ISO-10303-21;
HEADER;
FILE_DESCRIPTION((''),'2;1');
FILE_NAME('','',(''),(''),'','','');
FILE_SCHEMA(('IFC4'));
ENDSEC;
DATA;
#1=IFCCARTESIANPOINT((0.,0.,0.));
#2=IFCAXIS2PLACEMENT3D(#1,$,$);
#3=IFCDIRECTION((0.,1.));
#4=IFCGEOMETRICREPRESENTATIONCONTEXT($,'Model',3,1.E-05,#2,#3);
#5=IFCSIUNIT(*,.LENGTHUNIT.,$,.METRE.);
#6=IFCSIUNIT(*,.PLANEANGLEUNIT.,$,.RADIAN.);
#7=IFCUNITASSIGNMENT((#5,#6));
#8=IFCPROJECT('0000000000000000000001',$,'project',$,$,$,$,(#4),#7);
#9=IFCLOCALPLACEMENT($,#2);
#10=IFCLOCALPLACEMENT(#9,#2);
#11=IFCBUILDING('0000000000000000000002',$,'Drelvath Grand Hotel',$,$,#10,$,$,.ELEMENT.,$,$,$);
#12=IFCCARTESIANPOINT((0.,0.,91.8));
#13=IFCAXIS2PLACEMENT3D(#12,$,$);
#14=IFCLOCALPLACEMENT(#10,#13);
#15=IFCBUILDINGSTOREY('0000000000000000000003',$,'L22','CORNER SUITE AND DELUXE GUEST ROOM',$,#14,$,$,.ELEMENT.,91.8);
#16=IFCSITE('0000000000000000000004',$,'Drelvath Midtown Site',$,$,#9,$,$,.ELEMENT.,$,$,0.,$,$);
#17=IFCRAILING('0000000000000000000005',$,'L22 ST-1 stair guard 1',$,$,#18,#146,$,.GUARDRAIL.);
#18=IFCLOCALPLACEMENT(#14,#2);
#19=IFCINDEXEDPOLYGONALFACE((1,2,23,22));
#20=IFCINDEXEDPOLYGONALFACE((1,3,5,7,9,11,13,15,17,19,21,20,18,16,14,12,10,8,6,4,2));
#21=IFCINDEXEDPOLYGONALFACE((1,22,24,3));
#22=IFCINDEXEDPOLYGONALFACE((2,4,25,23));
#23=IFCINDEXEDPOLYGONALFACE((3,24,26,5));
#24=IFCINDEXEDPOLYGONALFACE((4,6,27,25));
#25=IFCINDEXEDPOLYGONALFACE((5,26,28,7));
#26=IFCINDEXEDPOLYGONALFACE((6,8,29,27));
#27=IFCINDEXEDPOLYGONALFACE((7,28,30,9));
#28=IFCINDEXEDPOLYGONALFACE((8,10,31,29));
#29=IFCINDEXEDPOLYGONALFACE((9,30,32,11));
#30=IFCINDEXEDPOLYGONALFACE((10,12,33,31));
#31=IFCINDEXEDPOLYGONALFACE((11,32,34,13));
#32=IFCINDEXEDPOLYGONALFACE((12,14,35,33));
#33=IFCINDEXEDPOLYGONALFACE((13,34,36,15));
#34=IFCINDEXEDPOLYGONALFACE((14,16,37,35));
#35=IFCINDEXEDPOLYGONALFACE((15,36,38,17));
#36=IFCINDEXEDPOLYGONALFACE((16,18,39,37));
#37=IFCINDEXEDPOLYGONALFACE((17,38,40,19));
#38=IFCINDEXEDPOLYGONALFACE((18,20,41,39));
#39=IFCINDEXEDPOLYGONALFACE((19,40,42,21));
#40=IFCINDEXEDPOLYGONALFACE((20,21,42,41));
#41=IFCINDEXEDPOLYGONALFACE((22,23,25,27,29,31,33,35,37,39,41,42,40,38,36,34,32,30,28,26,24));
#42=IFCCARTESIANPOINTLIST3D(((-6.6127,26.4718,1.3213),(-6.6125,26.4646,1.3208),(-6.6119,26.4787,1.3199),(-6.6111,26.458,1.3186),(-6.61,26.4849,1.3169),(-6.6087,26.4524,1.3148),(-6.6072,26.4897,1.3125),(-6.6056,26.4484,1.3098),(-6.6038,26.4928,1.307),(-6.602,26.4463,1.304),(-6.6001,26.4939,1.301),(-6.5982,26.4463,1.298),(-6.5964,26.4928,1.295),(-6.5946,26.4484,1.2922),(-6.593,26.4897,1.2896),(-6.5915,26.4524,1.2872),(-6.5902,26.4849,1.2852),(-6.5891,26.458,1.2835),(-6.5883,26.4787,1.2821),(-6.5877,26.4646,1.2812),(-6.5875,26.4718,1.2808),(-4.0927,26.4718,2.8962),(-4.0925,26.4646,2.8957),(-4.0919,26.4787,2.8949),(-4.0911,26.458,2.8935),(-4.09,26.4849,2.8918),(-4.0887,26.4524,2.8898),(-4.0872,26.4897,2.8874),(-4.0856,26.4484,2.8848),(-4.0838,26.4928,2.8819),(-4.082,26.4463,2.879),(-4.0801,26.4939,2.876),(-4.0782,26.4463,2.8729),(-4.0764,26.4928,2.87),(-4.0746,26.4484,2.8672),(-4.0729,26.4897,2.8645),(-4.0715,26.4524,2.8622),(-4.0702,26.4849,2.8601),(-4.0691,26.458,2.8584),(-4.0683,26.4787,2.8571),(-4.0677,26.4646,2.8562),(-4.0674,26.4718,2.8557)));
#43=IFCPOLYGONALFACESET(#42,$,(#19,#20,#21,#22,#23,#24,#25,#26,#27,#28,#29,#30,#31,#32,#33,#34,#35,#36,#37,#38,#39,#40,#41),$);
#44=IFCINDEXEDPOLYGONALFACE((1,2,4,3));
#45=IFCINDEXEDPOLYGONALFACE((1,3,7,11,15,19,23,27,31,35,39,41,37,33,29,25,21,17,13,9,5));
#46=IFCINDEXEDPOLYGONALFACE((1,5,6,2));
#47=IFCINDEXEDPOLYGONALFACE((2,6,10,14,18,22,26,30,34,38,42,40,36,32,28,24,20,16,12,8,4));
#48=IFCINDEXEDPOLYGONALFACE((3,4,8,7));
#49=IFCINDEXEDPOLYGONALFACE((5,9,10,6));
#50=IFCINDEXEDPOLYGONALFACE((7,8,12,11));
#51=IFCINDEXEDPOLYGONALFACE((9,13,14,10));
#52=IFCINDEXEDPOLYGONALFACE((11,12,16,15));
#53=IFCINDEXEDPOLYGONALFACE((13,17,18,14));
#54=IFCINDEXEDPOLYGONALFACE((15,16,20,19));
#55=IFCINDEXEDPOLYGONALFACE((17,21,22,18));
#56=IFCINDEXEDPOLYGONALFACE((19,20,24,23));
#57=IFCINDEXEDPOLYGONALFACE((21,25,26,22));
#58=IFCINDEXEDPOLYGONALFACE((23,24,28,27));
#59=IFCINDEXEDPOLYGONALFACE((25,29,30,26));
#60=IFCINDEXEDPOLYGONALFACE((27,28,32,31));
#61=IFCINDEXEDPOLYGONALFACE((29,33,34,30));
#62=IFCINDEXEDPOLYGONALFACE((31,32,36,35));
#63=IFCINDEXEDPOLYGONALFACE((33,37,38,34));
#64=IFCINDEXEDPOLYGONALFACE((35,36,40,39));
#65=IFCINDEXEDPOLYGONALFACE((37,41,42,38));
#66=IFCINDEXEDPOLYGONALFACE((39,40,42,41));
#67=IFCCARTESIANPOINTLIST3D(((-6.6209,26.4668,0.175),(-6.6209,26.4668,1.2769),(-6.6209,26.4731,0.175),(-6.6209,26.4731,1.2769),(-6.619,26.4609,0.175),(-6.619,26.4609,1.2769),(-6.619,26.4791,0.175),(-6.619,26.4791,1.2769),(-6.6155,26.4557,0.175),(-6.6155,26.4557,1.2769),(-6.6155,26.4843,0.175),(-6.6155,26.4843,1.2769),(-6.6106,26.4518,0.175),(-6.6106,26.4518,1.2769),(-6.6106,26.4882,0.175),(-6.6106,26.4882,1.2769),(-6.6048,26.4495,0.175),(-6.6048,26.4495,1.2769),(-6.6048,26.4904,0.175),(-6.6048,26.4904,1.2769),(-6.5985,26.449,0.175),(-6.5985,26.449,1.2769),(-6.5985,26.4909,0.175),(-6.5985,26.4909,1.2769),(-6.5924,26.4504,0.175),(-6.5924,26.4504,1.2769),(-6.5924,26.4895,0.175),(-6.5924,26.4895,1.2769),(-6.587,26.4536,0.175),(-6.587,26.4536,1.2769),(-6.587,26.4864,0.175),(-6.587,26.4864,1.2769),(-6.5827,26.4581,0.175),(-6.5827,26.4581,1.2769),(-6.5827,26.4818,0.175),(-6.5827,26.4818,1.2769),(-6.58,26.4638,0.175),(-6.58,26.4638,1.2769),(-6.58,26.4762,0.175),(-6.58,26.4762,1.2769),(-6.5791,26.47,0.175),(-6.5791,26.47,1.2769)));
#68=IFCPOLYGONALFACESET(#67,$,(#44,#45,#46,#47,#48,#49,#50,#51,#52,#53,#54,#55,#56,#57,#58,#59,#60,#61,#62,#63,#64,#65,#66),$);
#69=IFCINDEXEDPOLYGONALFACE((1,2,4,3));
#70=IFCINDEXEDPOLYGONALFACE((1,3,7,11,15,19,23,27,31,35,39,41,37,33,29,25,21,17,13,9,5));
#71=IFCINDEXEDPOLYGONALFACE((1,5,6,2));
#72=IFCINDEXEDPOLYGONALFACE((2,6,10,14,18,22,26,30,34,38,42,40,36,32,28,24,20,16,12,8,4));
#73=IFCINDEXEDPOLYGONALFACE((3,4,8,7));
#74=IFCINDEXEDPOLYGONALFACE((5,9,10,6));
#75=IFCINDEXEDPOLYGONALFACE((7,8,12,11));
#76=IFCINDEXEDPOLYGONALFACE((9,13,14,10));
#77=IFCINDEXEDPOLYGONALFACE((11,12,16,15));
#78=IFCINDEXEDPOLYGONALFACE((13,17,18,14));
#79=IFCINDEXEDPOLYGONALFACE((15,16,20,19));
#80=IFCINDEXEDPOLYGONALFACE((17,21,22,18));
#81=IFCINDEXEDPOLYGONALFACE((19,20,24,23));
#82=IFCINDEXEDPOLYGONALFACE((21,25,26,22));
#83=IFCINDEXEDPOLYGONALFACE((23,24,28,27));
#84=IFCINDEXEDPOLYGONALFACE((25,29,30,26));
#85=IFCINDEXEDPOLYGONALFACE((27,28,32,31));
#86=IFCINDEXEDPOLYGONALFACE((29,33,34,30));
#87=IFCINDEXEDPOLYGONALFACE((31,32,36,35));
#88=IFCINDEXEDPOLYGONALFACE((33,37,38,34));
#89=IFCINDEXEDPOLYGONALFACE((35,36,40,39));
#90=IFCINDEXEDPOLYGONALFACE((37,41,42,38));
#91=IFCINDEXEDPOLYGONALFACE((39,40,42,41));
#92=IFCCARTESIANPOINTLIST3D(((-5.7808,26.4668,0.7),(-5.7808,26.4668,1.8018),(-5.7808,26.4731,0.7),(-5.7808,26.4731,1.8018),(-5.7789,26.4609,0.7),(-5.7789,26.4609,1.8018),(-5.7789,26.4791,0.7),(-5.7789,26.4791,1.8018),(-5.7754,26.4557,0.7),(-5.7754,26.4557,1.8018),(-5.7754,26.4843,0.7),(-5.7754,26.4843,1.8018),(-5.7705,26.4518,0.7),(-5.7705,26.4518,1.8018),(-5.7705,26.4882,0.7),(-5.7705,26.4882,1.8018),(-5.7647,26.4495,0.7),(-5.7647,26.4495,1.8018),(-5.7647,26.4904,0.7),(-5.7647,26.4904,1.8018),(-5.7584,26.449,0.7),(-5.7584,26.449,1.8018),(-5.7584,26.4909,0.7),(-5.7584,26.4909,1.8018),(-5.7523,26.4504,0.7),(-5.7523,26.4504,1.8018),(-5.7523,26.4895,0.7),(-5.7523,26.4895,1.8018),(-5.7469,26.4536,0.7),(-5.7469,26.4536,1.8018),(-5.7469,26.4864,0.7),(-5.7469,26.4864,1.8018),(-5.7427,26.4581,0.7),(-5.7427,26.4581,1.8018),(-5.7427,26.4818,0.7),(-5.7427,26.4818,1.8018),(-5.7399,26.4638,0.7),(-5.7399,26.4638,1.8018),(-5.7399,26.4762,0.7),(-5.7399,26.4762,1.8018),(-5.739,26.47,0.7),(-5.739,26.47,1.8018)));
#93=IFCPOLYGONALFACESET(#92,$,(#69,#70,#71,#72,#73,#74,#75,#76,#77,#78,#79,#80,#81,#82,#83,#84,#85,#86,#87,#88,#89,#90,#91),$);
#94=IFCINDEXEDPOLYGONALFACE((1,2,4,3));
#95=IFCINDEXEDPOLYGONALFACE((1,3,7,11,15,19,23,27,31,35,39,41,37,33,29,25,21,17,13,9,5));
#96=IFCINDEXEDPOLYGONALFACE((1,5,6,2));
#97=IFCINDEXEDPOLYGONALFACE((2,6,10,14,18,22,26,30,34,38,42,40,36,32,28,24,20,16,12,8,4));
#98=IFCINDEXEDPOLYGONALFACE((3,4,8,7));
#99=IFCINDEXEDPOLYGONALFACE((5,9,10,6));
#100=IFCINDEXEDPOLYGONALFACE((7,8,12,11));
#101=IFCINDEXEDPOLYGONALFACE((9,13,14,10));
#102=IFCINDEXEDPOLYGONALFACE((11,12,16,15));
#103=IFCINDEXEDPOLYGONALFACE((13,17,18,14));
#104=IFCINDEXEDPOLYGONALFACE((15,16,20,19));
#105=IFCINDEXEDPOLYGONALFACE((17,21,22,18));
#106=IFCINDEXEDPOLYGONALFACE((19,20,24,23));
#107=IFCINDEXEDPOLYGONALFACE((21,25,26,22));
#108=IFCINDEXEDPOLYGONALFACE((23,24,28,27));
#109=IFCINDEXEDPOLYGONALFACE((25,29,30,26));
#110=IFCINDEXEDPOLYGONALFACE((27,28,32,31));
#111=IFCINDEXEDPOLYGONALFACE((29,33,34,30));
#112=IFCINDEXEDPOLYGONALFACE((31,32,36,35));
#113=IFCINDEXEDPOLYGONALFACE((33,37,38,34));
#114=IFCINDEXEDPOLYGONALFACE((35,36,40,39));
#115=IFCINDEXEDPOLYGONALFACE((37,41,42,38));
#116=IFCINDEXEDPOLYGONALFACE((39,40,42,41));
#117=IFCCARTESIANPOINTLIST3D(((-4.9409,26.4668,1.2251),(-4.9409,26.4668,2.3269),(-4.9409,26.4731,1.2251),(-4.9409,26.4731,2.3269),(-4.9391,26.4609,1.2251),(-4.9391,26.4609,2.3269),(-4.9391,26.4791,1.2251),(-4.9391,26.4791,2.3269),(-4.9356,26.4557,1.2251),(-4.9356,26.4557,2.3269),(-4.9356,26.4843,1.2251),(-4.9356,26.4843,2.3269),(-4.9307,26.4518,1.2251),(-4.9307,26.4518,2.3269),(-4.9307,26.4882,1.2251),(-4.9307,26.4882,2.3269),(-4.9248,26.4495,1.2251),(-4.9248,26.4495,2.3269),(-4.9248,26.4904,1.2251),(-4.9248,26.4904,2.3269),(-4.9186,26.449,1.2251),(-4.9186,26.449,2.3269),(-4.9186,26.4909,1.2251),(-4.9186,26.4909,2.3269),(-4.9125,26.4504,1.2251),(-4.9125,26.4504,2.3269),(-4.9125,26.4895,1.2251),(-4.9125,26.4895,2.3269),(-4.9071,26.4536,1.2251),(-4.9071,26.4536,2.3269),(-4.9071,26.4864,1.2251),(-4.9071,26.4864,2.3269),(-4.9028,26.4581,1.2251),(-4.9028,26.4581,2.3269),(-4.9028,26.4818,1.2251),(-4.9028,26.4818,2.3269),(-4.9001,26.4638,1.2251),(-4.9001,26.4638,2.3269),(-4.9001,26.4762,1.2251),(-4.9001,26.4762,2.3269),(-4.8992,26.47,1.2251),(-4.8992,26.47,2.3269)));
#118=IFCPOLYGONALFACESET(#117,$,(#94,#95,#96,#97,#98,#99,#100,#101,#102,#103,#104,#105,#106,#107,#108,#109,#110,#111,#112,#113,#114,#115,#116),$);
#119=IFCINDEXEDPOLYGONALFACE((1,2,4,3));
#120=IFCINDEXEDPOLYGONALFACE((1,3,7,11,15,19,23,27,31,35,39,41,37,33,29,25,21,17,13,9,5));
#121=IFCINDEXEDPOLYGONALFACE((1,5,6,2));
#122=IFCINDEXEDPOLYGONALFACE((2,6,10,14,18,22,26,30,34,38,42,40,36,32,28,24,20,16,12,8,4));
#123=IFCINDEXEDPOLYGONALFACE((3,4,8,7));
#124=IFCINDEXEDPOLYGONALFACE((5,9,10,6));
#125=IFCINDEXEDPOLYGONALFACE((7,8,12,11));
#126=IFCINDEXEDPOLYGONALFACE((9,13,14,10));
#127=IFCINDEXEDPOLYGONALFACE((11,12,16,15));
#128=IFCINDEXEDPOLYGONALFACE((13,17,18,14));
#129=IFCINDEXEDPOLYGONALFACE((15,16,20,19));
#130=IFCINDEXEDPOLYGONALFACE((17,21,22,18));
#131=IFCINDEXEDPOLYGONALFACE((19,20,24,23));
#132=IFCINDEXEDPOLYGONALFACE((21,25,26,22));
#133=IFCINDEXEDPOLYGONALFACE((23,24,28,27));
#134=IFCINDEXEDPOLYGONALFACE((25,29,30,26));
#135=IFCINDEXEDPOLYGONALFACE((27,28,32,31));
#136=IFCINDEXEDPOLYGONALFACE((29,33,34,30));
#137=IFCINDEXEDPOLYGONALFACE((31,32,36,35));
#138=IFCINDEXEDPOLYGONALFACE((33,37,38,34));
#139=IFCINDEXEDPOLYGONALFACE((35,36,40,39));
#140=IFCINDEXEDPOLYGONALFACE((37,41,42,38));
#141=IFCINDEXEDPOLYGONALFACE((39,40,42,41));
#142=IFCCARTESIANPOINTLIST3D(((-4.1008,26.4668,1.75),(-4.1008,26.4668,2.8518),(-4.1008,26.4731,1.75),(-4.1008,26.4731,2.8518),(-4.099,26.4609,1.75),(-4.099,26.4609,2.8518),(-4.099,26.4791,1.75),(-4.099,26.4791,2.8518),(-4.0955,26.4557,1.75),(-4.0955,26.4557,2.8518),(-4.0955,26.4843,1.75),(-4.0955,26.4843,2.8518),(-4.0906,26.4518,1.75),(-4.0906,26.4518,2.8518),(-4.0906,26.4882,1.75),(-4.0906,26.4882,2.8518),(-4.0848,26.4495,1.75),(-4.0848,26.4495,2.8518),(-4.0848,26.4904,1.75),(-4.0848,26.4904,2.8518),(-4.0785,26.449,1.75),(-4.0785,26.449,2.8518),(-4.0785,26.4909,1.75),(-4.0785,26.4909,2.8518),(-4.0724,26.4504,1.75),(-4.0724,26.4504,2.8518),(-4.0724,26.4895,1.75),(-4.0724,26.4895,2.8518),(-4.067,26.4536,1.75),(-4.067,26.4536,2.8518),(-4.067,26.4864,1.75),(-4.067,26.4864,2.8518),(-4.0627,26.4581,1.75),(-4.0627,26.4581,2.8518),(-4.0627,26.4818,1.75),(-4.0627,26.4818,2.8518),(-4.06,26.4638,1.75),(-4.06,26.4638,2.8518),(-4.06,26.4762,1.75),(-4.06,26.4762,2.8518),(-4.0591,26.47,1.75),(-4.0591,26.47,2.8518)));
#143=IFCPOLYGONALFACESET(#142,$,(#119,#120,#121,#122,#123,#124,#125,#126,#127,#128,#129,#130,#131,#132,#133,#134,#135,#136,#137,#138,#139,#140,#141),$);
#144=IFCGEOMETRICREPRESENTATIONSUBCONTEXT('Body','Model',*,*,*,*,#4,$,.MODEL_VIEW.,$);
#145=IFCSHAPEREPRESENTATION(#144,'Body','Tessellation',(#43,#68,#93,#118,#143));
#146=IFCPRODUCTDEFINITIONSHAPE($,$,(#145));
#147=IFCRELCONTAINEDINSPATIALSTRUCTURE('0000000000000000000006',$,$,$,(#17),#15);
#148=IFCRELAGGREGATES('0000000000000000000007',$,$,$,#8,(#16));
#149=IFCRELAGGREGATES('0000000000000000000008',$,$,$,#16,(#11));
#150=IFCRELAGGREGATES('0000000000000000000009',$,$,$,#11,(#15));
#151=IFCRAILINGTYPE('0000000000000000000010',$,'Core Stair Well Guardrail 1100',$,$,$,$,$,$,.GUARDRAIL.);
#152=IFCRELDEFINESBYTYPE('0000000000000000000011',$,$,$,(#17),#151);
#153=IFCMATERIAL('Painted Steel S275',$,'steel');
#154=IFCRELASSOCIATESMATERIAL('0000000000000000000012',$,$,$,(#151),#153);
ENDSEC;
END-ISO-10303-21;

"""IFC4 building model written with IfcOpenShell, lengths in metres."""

from ifc_helpers import new_model, si_unit, direction, frame, origin, origin_2d, place, context, subcontext, project, spatial, circle, extrude, material, type_object, element, save


model = new_model("IFC4")

# Units and contexts
model_context = context("Model", 3, precision=1e-05, world=origin(), true_north=direction((0.0, 1.0)))
body_context = subcontext(model_context, "Body", "Model", "MODEL_VIEW")
ifc_project = project(units=[si_unit("LENGTHUNIT", "METRE"), si_unit("PLANEANGLEUNIT", "RADIAN")], contexts=[model_context])

# Site, building, storey
site_placement = place(None, origin())
site = spatial("IfcSite", under=ifc_project, at=site_placement, Name="Drelvath Midtown Site", CompositionType="ELEMENT", RefElevation=0.0)
building_placement = place(site_placement, origin())
building = spatial("IfcBuilding", under=site, at=building_placement, Name="Drelvath Grand Hotel", CompositionType="ELEMENT")
storey_placement = place(building_placement, frame((0.0, 0.0, 91.8)))
storey = spatial("IfcBuildingStorey", under=building, at=storey_placement, Name="L22", Description="CORNER SUITE AND DELUXE GUEST ROOM", CompositionType="ELEMENT", Elevation=91.8)

# Shared definitions
ifc_material_1 = material(Name="Painted Steel S275", Category="steel")

# Railing
railing_type_1 = type_object("IfcRailingType", Name="Core Stair Well Guardrail 1100", PredefinedType="GUARDRAIL", material=ifc_material_1)
railing_1_placement = place(storey_placement, frame((-6.6001, 26.47, 0.175)))
element("IfcRailing", 1, at=railing_1_placement, inside=storey, type_object=railing_type_1, Name="L22 ST-1 stair guard 1", PredefinedType="GUARDRAIL", context=body_context, shape_type="SweptSolid", body=[
    extrude(circle(Radius=0.0239, at=origin_2d()), frame((0.0, 0.0, 1.126), z_axis=(0.848008, 0.0, 0.529984), x_axis=(0.0, 1.0, 0.0)), (0.0, 0.0, 1.0), 2.9717),
    extrude(circle(Radius=0.021, at=origin_2d()), origin(), (0.0, 0.0, 1.0), 1.1018),
    extrude(circle(Radius=0.021, at=origin_2d()), frame((0.8401, 0.0, 0.5249)), (0.0, 0.0, 1.0), 1.1018),
    extrude(circle(Radius=0.021, at=origin_2d()), frame((1.6799, 0.0, 1.05)), (0.0, 0.0, 1.0), 1.1018),
    extrude(circle(Radius=0.021, at=origin_2d()), frame((2.52, 0.0, 1.575)), (0.0, 0.0, 1.0), 1.1018),
])

save(model, "model.ifc")
